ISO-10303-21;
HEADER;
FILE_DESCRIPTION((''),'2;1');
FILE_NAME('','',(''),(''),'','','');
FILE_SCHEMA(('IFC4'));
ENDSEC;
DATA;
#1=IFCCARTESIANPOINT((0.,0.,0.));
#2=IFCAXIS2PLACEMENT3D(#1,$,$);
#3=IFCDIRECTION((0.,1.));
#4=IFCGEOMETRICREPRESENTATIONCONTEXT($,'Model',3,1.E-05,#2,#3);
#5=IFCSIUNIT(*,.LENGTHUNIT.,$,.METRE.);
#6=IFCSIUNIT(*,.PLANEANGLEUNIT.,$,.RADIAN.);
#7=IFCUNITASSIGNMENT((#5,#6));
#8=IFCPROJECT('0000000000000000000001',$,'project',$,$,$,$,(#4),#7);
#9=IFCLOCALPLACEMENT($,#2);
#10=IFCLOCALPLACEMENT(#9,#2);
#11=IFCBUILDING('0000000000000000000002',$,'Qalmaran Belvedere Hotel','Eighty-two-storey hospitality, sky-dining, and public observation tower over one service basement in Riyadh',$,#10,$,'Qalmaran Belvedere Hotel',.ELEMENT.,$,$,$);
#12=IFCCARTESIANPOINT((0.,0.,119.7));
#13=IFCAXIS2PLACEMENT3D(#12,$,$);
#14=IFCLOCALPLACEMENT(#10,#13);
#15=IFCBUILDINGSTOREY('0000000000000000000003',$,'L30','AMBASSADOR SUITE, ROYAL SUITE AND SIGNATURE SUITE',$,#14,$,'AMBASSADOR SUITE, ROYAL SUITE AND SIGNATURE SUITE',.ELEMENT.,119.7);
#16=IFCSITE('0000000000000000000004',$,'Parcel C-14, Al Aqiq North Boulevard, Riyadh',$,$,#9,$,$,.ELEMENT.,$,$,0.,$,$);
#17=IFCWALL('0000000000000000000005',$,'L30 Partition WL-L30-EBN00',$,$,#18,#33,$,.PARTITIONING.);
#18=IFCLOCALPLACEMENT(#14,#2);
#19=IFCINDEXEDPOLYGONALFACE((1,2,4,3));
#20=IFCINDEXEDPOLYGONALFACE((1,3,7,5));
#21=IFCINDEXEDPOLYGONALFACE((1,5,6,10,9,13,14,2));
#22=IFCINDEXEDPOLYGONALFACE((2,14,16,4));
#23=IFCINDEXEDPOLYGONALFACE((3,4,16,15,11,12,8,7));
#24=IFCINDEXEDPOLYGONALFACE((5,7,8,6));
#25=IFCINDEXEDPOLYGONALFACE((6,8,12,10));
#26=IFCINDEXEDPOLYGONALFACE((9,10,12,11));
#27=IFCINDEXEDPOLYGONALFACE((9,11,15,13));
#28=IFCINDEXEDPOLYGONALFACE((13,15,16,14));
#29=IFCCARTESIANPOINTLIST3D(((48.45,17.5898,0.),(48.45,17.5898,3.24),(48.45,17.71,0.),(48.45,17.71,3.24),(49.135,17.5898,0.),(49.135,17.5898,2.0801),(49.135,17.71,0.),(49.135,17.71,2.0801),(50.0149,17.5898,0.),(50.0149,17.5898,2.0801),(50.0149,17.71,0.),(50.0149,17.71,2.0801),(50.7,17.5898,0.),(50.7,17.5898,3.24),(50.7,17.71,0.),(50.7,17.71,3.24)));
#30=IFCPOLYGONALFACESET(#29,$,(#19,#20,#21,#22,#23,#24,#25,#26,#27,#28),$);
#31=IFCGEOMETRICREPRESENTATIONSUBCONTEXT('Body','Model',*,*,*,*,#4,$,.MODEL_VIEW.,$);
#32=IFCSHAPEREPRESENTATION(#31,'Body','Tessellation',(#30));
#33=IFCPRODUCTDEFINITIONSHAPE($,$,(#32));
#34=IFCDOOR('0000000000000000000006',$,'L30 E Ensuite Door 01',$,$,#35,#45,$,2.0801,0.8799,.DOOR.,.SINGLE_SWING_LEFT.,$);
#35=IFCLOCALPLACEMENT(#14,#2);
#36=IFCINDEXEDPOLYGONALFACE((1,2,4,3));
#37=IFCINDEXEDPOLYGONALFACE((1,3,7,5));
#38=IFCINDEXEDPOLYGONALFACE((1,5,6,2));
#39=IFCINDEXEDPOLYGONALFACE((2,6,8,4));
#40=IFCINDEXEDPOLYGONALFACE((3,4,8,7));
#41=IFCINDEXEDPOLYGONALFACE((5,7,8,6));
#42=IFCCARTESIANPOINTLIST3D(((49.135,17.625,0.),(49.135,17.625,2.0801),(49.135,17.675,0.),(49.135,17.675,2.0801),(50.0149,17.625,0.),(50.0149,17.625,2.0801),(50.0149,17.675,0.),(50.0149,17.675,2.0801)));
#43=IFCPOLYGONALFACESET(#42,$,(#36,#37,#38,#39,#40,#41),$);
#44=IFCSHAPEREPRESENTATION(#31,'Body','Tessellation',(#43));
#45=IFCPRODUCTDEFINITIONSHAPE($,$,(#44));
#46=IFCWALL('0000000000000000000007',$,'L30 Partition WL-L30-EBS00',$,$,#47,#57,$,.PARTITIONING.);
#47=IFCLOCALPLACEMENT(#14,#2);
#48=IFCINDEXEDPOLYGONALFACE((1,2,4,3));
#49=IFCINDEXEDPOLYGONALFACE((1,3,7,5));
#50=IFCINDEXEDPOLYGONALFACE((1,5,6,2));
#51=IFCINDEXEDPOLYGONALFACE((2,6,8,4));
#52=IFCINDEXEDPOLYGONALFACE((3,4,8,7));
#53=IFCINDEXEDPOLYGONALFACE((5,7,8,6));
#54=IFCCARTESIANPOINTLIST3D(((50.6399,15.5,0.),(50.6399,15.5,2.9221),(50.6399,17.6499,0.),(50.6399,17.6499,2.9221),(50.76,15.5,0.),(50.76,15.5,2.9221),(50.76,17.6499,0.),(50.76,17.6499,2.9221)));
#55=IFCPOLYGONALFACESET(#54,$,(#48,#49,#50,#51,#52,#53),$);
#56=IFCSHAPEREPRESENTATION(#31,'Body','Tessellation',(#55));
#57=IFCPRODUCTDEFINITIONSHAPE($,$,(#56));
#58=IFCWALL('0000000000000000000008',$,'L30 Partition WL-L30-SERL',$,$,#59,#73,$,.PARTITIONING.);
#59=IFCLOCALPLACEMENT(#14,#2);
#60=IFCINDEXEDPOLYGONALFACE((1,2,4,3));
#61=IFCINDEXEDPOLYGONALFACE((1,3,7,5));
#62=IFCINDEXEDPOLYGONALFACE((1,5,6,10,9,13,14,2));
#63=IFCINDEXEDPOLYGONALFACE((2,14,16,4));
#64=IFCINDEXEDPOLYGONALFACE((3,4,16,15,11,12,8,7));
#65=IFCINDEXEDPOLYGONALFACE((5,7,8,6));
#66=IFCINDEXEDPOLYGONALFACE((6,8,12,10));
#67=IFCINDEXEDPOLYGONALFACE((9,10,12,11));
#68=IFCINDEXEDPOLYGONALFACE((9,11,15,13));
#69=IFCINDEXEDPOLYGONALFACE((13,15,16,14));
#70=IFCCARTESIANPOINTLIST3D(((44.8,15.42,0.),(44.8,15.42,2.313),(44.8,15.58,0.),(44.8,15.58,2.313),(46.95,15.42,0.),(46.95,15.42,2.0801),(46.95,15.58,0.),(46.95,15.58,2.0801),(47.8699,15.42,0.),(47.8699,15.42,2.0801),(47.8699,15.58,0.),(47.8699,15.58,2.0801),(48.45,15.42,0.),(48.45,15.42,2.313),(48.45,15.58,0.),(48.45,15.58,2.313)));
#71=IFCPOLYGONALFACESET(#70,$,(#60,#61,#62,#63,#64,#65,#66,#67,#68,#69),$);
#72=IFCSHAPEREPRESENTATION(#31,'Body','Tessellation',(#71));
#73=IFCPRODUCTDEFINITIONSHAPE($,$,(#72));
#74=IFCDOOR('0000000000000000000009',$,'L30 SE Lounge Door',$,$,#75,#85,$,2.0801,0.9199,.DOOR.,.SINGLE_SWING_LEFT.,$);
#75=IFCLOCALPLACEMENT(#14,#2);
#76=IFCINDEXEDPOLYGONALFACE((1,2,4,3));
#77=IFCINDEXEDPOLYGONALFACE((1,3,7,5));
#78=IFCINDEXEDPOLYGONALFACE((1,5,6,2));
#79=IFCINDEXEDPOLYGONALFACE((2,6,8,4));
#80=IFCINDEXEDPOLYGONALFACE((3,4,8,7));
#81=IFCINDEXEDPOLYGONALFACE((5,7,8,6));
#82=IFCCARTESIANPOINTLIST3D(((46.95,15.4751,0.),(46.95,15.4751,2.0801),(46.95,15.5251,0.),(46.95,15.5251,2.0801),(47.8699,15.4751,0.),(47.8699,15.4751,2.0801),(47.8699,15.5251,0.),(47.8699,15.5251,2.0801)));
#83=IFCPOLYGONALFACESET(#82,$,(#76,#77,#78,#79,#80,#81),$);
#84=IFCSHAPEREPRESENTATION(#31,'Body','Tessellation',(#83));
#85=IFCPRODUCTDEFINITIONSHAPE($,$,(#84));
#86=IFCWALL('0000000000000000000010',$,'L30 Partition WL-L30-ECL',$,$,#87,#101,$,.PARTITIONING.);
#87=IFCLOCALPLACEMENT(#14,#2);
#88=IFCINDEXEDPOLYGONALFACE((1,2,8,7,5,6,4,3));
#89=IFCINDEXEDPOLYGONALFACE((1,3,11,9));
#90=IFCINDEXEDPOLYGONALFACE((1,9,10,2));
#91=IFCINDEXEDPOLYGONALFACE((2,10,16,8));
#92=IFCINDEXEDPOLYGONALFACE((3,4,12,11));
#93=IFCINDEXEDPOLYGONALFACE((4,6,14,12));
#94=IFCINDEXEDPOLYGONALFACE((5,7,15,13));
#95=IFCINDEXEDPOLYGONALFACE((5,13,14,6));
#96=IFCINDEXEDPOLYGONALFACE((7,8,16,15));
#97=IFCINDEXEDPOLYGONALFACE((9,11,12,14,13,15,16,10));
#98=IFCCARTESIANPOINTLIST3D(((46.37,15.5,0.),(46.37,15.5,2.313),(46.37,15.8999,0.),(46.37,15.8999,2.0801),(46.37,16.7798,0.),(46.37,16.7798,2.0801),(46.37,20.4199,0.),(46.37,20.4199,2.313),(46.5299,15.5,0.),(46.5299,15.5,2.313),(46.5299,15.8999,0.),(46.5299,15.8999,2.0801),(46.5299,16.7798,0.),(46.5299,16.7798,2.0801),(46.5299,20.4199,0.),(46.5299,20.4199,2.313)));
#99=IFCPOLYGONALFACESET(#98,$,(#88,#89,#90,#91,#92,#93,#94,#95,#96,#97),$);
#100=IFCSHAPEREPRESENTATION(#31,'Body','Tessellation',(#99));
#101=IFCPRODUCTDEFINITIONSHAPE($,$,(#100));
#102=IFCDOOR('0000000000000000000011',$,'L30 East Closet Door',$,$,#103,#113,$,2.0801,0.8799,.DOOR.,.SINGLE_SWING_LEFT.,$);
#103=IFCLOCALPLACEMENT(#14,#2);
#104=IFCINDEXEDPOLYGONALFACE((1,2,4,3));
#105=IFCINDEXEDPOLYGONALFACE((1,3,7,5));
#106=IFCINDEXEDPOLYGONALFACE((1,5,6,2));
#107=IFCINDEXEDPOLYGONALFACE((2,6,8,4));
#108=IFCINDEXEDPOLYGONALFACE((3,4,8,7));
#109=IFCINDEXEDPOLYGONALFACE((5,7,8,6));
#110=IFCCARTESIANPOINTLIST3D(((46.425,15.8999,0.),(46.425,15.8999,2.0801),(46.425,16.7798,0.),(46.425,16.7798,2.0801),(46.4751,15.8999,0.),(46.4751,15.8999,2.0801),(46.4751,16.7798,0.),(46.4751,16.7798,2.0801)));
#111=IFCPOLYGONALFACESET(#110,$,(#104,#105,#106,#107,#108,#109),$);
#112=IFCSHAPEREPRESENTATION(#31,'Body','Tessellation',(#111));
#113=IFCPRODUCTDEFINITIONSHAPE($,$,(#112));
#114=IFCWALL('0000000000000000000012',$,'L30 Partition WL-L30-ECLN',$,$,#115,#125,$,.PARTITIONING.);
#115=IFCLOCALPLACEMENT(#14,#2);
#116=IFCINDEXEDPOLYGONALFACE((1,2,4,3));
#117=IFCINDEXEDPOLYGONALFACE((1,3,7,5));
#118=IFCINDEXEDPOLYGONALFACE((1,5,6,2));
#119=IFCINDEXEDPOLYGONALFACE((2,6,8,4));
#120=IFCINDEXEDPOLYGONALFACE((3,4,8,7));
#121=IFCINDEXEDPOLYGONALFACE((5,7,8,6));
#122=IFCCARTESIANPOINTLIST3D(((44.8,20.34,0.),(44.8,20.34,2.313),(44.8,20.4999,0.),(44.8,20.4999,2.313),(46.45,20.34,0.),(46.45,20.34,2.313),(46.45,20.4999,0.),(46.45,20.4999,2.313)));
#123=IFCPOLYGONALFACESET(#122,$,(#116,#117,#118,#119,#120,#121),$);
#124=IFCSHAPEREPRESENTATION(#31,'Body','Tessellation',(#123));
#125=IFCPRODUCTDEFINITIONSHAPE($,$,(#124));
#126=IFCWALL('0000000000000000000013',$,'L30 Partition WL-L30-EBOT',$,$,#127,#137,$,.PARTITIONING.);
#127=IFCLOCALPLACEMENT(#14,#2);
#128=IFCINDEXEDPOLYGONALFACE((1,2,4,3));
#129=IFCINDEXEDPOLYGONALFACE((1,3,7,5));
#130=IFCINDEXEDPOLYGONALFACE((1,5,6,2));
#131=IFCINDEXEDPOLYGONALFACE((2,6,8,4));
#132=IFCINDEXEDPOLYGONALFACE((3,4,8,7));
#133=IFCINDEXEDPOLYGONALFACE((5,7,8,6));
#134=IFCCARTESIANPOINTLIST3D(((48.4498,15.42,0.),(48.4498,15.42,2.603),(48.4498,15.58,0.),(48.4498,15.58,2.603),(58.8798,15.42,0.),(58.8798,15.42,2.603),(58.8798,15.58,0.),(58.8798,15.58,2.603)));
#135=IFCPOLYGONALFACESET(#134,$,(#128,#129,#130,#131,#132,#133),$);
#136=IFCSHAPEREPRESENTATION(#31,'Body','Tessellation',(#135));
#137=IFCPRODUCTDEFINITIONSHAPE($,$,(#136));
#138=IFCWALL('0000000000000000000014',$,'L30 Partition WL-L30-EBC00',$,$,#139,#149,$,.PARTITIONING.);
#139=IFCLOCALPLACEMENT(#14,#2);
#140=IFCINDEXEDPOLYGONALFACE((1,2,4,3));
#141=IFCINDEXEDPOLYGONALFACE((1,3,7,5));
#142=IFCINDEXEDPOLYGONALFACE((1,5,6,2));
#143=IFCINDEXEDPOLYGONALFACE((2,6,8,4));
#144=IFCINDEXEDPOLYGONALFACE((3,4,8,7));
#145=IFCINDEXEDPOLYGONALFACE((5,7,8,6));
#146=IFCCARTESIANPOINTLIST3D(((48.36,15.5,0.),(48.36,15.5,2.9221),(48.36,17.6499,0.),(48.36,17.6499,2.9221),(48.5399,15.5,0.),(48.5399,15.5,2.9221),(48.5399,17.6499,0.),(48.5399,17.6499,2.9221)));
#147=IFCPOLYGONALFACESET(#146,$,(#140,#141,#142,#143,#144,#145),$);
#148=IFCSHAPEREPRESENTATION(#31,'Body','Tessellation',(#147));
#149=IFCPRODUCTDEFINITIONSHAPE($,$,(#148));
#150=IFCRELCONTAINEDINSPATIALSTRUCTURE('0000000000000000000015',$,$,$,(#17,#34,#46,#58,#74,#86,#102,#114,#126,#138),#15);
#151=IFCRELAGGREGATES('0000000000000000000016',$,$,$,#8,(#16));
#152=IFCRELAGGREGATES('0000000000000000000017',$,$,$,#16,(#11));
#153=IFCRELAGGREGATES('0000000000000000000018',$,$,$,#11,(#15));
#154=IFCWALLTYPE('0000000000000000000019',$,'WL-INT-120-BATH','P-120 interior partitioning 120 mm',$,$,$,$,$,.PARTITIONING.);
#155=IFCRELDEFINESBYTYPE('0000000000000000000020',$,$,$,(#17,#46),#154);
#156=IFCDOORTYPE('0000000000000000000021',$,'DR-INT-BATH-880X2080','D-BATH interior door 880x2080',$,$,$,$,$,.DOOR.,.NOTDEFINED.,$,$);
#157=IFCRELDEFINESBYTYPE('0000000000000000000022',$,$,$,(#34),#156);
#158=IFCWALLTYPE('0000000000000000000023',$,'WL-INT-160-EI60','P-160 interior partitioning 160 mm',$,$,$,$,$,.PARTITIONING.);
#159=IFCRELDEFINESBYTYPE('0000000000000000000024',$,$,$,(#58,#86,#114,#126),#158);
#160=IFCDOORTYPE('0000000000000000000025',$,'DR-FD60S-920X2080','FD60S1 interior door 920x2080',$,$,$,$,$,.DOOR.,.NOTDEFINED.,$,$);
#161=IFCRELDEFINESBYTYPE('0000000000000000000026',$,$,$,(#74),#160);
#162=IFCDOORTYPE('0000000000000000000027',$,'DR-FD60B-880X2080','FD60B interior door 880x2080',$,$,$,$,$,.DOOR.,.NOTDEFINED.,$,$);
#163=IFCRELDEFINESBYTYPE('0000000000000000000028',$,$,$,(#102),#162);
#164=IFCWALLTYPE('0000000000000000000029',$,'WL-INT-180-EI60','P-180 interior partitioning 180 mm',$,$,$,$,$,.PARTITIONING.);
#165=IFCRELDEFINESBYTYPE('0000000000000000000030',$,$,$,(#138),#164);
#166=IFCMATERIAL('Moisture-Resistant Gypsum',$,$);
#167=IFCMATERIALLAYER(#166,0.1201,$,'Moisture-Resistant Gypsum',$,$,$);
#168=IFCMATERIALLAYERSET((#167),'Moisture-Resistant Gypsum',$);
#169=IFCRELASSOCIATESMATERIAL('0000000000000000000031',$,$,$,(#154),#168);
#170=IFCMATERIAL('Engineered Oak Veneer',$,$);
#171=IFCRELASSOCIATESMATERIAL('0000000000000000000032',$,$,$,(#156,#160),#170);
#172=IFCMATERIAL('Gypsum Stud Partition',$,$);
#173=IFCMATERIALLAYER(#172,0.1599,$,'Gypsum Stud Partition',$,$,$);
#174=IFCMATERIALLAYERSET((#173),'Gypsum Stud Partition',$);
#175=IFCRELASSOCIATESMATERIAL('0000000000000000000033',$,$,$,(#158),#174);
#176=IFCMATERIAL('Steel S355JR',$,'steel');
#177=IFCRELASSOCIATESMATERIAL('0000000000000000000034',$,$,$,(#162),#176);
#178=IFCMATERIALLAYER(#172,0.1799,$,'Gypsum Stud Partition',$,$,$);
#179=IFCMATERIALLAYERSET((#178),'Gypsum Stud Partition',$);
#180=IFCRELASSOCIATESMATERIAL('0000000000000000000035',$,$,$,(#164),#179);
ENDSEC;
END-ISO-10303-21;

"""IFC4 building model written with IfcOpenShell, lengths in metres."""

from ifc_helpers import new_model, si_unit, direction, frame, frame_2d, origin, place, context, subcontext, project, spatial, rectangle, extrude, material, layer, layer_set, type_object, element, fill, save


model = new_model("IFC4")

# Units and contexts
model_context = context("Model", 3, precision=1e-05, world=origin(), true_north=direction((0.0, 1.0)))
body_context = subcontext(model_context, "Body", "Model", "MODEL_VIEW")
ifc_project = project(units=[si_unit("LENGTHUNIT", "METRE"), si_unit("PLANEANGLEUNIT", "RADIAN")], contexts=[model_context])

# Site, building, storey
site_placement = place(None, origin())
site = spatial("IfcSite", under=ifc_project, at=site_placement, Name="Parcel C-14, Al Aqiq North Boulevard, Riyadh", CompositionType="ELEMENT", RefElevation=0.0)
building_placement = place(site_placement, origin())
building = spatial("IfcBuilding", under=site, at=building_placement, Name="Qalmaran Belvedere Hotel", Description="Eighty-two-storey hospitality, sky-dining, and public observation tower over one service basement in Riyadh", LongName="Qalmaran Belvedere Hotel", CompositionType="ELEMENT")
storey_placement = place(building_placement, frame((0.0, 0.0, 119.7)))
storey = spatial("IfcBuildingStorey", under=building, at=storey_placement, Name="L30", Description="AMBASSADOR SUITE, ROYAL SUITE AND SIGNATURE SUITE", LongName="AMBASSADOR SUITE, ROYAL SUITE AND SIGNATURE SUITE", CompositionType="ELEMENT", Elevation=119.7)

# Shared definitions
ifc_material_1 = material(Name="Steel S355JR", Category="steel")

# Wall, opening, door
ifc_material_2 = material(Name="Moisture-Resistant Gypsum")
ifc_layer_1 = layer(ifc_material_2, 0.1201, Name="Moisture-Resistant Gypsum")
ifc_layer_set_1 = layer_set([ifc_layer_1], Name="Moisture-Resistant Gypsum")
wall_type_1 = type_object("IfcWallType", Name="WL-INT-120-BATH", Description="P-120 interior partitioning 120 mm", PredefinedType="PARTITIONING", material=ifc_layer_set_1)
wall_1_placement = place(storey_placement, frame((48.45, 17.6499, 0.0), z_axis=(0.0, 0.0, 1.0), x_axis=(1.0, 0.0, 0.0)))
wall_1 = element("IfcWall", 1, at=wall_1_placement, inside=storey, type_object=wall_type_1, Name="L30 Partition WL-L30-EBN00", PredefinedType="PARTITIONING", context=body_context, shape_type="SweptSolid", body=[
    extrude(rectangle(XDim=2.25, YDim=0.1201, at=frame_2d((1.125, 0.0))), origin(), (0.0, 0.0, 1.0), 3.24),
])
opening_1_placement = place(wall_1_placement, frame((1.5649, 0.0, 0.0), z_axis=(0.0, 0.0, 1.0), x_axis=(-1.0, 0.0, 0.0)))
opening_1 = element("IfcOpeningElement", 2, at=opening_1_placement, cuts=wall_1, PredefinedType="OPENING", context=body_context, shape_type="SweptSolid", body=[
    extrude(rectangle(XDim=0.8799, YDim=2.0801, at=frame_2d((0.4399, 1.04))), frame((0.0, 0.0701, 0.0), z_axis=(0.0, -1.0, 0.0), x_axis=(1.0, 0.0, 0.0)), (0.0, 0.0, 1.0), 0.1401),
])
ifc_material_3 = material(Name="Engineered Oak Veneer")
door_type_1 = type_object("IfcDoorType", Name="DR-INT-BATH-880X2080", Description="D-BATH interior door 880x2080", OperationType="NOTDEFINED", PredefinedType="DOOR", material=ifc_material_3)
door_1_placement = place(opening_1_placement, origin())
door_1 = element("IfcDoor", 3, at=door_1_placement, inside=storey, type_object=door_type_1, Name="L30 E Ensuite Door 01", OperationType="SINGLE_SWING_LEFT", OverallHeight=2.0801, OverallWidth=0.8799, PredefinedType="DOOR", context=body_context, shape_type="SweptSolid", body=[
    extrude(rectangle(XDim=0.8799, YDim=2.0801, at=frame_2d((0.4399, 1.04))), frame((0.0, 0.0249, 0.0), z_axis=(0.0, -1.0, 0.0), x_axis=(1.0, 0.0, 0.0)), (0.0, 0.0, 1.0), 0.05),
])
fill(opening_1, door_1)

# Wall
wall_2_placement = place(storey_placement, frame((50.7, 15.5, 0.0), z_axis=(0.0, 0.0, 1.0), x_axis=(0.0, 1.0, 0.0)))
element("IfcWall", 4, at=wall_2_placement, inside=storey, type_object=wall_type_1, Name="L30 Partition WL-L30-EBS00", PredefinedType="PARTITIONING", context=body_context, shape_type="SweptSolid", body=[
    extrude(rectangle(XDim=2.1499, YDim=0.1201, at=frame_2d((1.075, 0.0))), origin(), (0.0, 0.0, 1.0), 2.9221),
])

# Walls, openings, doors
ifc_material_4 = material(Name="Gypsum Stud Partition")
ifc_layer_2 = layer(ifc_material_4, 0.1599, Name="Gypsum Stud Partition")
ifc_layer_set_2 = layer_set([ifc_layer_2], Name="Gypsum Stud Partition")
wall_type_2 = type_object("IfcWallType", Name="WL-INT-160-EI60", Description="P-160 interior partitioning 160 mm", PredefinedType="PARTITIONING", material=ifc_layer_set_2)
wall_3_placement = place(storey_placement, frame((44.8, 15.5, 0.0), z_axis=(0.0, 0.0, 1.0), x_axis=(1.0, 0.0, 0.0)))
wall_3 = element("IfcWall", 5, at=wall_3_placement, inside=storey, type_object=wall_type_2, Name="L30 Partition WL-L30-SERL", PredefinedType="PARTITIONING", context=body_context, shape_type="SweptSolid", body=[
    extrude(rectangle(XDim=3.6499, YDim=0.1599, at=frame_2d((1.825, 0.0))), origin(), (0.0, 0.0, 1.0), 2.313),
])
opening_2_placement = place(wall_3_placement, frame((3.0698, 0.0, 0.0), z_axis=(0.0, 0.0, 1.0), x_axis=(-1.0, 0.0, 0.0)))
opening_2 = element("IfcOpeningElement", 6, at=opening_2_placement, cuts=wall_3, PredefinedType="OPENING", context=body_context, shape_type="SweptSolid", body=[
    extrude(rectangle(XDim=0.9199, YDim=2.0801, at=frame_2d((0.46, 1.04))), frame((0.0, 0.0898, 0.0), z_axis=(0.0, -1.0, 0.0), x_axis=(1.0, 0.0, 0.0)), (0.0, 0.0, 1.0), 0.1799),
])
door_type_2 = type_object("IfcDoorType", Name="DR-FD60S-920X2080", Description="FD60S1 interior door 920x2080", OperationType="NOTDEFINED", PredefinedType="DOOR", material=ifc_material_3)
door_2_placement = place(opening_2_placement, origin())
door_2 = element("IfcDoor", 7, at=door_2_placement, inside=storey, type_object=door_type_2, Name="L30 SE Lounge Door", OperationType="SINGLE_SWING_LEFT", OverallHeight=2.0801, OverallWidth=0.9199, PredefinedType="DOOR", context=body_context, shape_type="SweptSolid", body=[
    extrude(rectangle(XDim=0.9199, YDim=2.0801, at=frame_2d((0.46, 1.04))), frame((0.0, 0.0249, 0.0), z_axis=(0.0, -1.0, 0.0), x_axis=(1.0, 0.0, 0.0)), (0.0, 0.0, 1.0), 0.05),
])
fill(opening_2, door_2)
wall_4_placement = place(storey_placement, frame((46.45, 15.5, 0.0), z_axis=(0.0, 0.0, 1.0), x_axis=(0.0, 1.0, 0.0)))
wall_4 = element("IfcWall", 8, at=wall_4_placement, inside=storey, type_object=wall_type_2, Name="L30 Partition WL-L30-ECL", PredefinedType="PARTITIONING", context=body_context, shape_type="SweptSolid", body=[
    extrude(rectangle(XDim=4.9199, YDim=0.1599, at=frame_2d((2.46, 0.0))), origin(), (0.0, 0.0, 1.0), 2.313),
])
opening_3_placement = place(wall_4_placement, frame((0.3999, 0.0, 0.0)))
opening_3 = element("IfcOpeningElement", 9, at=opening_3_placement, cuts=wall_4, PredefinedType="OPENING", context=body_context, shape_type="SweptSolid", body=[
    extrude(rectangle(XDim=0.8799, YDim=2.0801, at=frame_2d((0.4399, 1.04))), frame((0.0, 0.0898, 0.0), z_axis=(0.0, -1.0, 0.0), x_axis=(1.0, 0.0, 0.0)), (0.0, 0.0, 1.0), 0.1799),
])
door_type_3 = type_object("IfcDoorType", Name="DR-FD60B-880X2080", Description="FD60B interior door 880x2080", OperationType="NOTDEFINED", PredefinedType="DOOR", material=ifc_material_1)
door_3_placement = place(opening_3_placement, origin())
door_3 = element("IfcDoor", 10, at=door_3_placement, inside=storey, type_object=door_type_3, Name="L30 East Closet Door", OperationType="SINGLE_SWING_LEFT", OverallHeight=2.0801, OverallWidth=0.8799, PredefinedType="DOOR", context=body_context, shape_type="SweptSolid", body=[
    extrude(rectangle(XDim=0.8799, YDim=2.0801, at=frame_2d((0.4399, 1.04))), frame((0.0, 0.0249, 0.0), z_axis=(0.0, -1.0, 0.0), x_axis=(1.0, 0.0, 0.0)), (0.0, 0.0, 1.0), 0.05),
])
fill(opening_3, door_3)

# Walls
wall_5_placement = place(storey_placement, frame((44.8, 20.4199, 0.0), z_axis=(0.0, 0.0, 1.0), x_axis=(1.0, 0.0, 0.0)))
element("IfcWall", 11, at=wall_5_placement, inside=storey, type_object=wall_type_2, Name="L30 Partition WL-L30-ECLN", PredefinedType="PARTITIONING", context=body_context, shape_type="SweptSolid", body=[
    extrude(rectangle(XDim=1.6499, YDim=0.1599, at=frame_2d((0.825, 0.0))), origin(), (0.0, 0.0, 1.0), 2.313),
])
wall_6_placement = place(storey_placement, frame((48.45, 15.5, 0.0), z_axis=(0.0, 0.0, 1.0), x_axis=(1.0, 0.0, 0.0)))
element("IfcWall", 12, at=wall_6_placement, inside=storey, type_object=wall_type_2, Name="L30 Partition WL-L30-EBOT", PredefinedType="PARTITIONING", context=body_context, shape_type="SweptSolid", body=[
    extrude(rectangle(XDim=10.4299, YDim=0.1599, at=frame_2d((5.2148, 0.0))), origin(), (0.0, 0.0, 1.0), 2.603),
])
ifc_layer_3 = layer(ifc_material_4, 0.1799, Name="Gypsum Stud Partition")
ifc_layer_set_3 = layer_set([ifc_layer_3], Name="Gypsum Stud Partition")
wall_type_3 = type_object("IfcWallType", Name="WL-INT-180-EI60", Description="P-180 interior partitioning 180 mm", PredefinedType="PARTITIONING", material=ifc_layer_set_3)
wall_7_placement = place(storey_placement, frame((48.45, 15.5, 0.0), z_axis=(0.0, 0.0, 1.0), x_axis=(0.0, 1.0, 0.0)))
element("IfcWall", 13, at=wall_7_placement, inside=storey, type_object=wall_type_3, Name="L30 Partition WL-L30-EBC00", PredefinedType="PARTITIONING", context=body_context, shape_type="SweptSolid", body=[
    extrude(rectangle(XDim=2.1499, YDim=0.1799, at=frame_2d((1.075, 0.0))), origin(), (0.0, 0.0, 1.0), 2.9221),
])

save(model, "model.ifc")
